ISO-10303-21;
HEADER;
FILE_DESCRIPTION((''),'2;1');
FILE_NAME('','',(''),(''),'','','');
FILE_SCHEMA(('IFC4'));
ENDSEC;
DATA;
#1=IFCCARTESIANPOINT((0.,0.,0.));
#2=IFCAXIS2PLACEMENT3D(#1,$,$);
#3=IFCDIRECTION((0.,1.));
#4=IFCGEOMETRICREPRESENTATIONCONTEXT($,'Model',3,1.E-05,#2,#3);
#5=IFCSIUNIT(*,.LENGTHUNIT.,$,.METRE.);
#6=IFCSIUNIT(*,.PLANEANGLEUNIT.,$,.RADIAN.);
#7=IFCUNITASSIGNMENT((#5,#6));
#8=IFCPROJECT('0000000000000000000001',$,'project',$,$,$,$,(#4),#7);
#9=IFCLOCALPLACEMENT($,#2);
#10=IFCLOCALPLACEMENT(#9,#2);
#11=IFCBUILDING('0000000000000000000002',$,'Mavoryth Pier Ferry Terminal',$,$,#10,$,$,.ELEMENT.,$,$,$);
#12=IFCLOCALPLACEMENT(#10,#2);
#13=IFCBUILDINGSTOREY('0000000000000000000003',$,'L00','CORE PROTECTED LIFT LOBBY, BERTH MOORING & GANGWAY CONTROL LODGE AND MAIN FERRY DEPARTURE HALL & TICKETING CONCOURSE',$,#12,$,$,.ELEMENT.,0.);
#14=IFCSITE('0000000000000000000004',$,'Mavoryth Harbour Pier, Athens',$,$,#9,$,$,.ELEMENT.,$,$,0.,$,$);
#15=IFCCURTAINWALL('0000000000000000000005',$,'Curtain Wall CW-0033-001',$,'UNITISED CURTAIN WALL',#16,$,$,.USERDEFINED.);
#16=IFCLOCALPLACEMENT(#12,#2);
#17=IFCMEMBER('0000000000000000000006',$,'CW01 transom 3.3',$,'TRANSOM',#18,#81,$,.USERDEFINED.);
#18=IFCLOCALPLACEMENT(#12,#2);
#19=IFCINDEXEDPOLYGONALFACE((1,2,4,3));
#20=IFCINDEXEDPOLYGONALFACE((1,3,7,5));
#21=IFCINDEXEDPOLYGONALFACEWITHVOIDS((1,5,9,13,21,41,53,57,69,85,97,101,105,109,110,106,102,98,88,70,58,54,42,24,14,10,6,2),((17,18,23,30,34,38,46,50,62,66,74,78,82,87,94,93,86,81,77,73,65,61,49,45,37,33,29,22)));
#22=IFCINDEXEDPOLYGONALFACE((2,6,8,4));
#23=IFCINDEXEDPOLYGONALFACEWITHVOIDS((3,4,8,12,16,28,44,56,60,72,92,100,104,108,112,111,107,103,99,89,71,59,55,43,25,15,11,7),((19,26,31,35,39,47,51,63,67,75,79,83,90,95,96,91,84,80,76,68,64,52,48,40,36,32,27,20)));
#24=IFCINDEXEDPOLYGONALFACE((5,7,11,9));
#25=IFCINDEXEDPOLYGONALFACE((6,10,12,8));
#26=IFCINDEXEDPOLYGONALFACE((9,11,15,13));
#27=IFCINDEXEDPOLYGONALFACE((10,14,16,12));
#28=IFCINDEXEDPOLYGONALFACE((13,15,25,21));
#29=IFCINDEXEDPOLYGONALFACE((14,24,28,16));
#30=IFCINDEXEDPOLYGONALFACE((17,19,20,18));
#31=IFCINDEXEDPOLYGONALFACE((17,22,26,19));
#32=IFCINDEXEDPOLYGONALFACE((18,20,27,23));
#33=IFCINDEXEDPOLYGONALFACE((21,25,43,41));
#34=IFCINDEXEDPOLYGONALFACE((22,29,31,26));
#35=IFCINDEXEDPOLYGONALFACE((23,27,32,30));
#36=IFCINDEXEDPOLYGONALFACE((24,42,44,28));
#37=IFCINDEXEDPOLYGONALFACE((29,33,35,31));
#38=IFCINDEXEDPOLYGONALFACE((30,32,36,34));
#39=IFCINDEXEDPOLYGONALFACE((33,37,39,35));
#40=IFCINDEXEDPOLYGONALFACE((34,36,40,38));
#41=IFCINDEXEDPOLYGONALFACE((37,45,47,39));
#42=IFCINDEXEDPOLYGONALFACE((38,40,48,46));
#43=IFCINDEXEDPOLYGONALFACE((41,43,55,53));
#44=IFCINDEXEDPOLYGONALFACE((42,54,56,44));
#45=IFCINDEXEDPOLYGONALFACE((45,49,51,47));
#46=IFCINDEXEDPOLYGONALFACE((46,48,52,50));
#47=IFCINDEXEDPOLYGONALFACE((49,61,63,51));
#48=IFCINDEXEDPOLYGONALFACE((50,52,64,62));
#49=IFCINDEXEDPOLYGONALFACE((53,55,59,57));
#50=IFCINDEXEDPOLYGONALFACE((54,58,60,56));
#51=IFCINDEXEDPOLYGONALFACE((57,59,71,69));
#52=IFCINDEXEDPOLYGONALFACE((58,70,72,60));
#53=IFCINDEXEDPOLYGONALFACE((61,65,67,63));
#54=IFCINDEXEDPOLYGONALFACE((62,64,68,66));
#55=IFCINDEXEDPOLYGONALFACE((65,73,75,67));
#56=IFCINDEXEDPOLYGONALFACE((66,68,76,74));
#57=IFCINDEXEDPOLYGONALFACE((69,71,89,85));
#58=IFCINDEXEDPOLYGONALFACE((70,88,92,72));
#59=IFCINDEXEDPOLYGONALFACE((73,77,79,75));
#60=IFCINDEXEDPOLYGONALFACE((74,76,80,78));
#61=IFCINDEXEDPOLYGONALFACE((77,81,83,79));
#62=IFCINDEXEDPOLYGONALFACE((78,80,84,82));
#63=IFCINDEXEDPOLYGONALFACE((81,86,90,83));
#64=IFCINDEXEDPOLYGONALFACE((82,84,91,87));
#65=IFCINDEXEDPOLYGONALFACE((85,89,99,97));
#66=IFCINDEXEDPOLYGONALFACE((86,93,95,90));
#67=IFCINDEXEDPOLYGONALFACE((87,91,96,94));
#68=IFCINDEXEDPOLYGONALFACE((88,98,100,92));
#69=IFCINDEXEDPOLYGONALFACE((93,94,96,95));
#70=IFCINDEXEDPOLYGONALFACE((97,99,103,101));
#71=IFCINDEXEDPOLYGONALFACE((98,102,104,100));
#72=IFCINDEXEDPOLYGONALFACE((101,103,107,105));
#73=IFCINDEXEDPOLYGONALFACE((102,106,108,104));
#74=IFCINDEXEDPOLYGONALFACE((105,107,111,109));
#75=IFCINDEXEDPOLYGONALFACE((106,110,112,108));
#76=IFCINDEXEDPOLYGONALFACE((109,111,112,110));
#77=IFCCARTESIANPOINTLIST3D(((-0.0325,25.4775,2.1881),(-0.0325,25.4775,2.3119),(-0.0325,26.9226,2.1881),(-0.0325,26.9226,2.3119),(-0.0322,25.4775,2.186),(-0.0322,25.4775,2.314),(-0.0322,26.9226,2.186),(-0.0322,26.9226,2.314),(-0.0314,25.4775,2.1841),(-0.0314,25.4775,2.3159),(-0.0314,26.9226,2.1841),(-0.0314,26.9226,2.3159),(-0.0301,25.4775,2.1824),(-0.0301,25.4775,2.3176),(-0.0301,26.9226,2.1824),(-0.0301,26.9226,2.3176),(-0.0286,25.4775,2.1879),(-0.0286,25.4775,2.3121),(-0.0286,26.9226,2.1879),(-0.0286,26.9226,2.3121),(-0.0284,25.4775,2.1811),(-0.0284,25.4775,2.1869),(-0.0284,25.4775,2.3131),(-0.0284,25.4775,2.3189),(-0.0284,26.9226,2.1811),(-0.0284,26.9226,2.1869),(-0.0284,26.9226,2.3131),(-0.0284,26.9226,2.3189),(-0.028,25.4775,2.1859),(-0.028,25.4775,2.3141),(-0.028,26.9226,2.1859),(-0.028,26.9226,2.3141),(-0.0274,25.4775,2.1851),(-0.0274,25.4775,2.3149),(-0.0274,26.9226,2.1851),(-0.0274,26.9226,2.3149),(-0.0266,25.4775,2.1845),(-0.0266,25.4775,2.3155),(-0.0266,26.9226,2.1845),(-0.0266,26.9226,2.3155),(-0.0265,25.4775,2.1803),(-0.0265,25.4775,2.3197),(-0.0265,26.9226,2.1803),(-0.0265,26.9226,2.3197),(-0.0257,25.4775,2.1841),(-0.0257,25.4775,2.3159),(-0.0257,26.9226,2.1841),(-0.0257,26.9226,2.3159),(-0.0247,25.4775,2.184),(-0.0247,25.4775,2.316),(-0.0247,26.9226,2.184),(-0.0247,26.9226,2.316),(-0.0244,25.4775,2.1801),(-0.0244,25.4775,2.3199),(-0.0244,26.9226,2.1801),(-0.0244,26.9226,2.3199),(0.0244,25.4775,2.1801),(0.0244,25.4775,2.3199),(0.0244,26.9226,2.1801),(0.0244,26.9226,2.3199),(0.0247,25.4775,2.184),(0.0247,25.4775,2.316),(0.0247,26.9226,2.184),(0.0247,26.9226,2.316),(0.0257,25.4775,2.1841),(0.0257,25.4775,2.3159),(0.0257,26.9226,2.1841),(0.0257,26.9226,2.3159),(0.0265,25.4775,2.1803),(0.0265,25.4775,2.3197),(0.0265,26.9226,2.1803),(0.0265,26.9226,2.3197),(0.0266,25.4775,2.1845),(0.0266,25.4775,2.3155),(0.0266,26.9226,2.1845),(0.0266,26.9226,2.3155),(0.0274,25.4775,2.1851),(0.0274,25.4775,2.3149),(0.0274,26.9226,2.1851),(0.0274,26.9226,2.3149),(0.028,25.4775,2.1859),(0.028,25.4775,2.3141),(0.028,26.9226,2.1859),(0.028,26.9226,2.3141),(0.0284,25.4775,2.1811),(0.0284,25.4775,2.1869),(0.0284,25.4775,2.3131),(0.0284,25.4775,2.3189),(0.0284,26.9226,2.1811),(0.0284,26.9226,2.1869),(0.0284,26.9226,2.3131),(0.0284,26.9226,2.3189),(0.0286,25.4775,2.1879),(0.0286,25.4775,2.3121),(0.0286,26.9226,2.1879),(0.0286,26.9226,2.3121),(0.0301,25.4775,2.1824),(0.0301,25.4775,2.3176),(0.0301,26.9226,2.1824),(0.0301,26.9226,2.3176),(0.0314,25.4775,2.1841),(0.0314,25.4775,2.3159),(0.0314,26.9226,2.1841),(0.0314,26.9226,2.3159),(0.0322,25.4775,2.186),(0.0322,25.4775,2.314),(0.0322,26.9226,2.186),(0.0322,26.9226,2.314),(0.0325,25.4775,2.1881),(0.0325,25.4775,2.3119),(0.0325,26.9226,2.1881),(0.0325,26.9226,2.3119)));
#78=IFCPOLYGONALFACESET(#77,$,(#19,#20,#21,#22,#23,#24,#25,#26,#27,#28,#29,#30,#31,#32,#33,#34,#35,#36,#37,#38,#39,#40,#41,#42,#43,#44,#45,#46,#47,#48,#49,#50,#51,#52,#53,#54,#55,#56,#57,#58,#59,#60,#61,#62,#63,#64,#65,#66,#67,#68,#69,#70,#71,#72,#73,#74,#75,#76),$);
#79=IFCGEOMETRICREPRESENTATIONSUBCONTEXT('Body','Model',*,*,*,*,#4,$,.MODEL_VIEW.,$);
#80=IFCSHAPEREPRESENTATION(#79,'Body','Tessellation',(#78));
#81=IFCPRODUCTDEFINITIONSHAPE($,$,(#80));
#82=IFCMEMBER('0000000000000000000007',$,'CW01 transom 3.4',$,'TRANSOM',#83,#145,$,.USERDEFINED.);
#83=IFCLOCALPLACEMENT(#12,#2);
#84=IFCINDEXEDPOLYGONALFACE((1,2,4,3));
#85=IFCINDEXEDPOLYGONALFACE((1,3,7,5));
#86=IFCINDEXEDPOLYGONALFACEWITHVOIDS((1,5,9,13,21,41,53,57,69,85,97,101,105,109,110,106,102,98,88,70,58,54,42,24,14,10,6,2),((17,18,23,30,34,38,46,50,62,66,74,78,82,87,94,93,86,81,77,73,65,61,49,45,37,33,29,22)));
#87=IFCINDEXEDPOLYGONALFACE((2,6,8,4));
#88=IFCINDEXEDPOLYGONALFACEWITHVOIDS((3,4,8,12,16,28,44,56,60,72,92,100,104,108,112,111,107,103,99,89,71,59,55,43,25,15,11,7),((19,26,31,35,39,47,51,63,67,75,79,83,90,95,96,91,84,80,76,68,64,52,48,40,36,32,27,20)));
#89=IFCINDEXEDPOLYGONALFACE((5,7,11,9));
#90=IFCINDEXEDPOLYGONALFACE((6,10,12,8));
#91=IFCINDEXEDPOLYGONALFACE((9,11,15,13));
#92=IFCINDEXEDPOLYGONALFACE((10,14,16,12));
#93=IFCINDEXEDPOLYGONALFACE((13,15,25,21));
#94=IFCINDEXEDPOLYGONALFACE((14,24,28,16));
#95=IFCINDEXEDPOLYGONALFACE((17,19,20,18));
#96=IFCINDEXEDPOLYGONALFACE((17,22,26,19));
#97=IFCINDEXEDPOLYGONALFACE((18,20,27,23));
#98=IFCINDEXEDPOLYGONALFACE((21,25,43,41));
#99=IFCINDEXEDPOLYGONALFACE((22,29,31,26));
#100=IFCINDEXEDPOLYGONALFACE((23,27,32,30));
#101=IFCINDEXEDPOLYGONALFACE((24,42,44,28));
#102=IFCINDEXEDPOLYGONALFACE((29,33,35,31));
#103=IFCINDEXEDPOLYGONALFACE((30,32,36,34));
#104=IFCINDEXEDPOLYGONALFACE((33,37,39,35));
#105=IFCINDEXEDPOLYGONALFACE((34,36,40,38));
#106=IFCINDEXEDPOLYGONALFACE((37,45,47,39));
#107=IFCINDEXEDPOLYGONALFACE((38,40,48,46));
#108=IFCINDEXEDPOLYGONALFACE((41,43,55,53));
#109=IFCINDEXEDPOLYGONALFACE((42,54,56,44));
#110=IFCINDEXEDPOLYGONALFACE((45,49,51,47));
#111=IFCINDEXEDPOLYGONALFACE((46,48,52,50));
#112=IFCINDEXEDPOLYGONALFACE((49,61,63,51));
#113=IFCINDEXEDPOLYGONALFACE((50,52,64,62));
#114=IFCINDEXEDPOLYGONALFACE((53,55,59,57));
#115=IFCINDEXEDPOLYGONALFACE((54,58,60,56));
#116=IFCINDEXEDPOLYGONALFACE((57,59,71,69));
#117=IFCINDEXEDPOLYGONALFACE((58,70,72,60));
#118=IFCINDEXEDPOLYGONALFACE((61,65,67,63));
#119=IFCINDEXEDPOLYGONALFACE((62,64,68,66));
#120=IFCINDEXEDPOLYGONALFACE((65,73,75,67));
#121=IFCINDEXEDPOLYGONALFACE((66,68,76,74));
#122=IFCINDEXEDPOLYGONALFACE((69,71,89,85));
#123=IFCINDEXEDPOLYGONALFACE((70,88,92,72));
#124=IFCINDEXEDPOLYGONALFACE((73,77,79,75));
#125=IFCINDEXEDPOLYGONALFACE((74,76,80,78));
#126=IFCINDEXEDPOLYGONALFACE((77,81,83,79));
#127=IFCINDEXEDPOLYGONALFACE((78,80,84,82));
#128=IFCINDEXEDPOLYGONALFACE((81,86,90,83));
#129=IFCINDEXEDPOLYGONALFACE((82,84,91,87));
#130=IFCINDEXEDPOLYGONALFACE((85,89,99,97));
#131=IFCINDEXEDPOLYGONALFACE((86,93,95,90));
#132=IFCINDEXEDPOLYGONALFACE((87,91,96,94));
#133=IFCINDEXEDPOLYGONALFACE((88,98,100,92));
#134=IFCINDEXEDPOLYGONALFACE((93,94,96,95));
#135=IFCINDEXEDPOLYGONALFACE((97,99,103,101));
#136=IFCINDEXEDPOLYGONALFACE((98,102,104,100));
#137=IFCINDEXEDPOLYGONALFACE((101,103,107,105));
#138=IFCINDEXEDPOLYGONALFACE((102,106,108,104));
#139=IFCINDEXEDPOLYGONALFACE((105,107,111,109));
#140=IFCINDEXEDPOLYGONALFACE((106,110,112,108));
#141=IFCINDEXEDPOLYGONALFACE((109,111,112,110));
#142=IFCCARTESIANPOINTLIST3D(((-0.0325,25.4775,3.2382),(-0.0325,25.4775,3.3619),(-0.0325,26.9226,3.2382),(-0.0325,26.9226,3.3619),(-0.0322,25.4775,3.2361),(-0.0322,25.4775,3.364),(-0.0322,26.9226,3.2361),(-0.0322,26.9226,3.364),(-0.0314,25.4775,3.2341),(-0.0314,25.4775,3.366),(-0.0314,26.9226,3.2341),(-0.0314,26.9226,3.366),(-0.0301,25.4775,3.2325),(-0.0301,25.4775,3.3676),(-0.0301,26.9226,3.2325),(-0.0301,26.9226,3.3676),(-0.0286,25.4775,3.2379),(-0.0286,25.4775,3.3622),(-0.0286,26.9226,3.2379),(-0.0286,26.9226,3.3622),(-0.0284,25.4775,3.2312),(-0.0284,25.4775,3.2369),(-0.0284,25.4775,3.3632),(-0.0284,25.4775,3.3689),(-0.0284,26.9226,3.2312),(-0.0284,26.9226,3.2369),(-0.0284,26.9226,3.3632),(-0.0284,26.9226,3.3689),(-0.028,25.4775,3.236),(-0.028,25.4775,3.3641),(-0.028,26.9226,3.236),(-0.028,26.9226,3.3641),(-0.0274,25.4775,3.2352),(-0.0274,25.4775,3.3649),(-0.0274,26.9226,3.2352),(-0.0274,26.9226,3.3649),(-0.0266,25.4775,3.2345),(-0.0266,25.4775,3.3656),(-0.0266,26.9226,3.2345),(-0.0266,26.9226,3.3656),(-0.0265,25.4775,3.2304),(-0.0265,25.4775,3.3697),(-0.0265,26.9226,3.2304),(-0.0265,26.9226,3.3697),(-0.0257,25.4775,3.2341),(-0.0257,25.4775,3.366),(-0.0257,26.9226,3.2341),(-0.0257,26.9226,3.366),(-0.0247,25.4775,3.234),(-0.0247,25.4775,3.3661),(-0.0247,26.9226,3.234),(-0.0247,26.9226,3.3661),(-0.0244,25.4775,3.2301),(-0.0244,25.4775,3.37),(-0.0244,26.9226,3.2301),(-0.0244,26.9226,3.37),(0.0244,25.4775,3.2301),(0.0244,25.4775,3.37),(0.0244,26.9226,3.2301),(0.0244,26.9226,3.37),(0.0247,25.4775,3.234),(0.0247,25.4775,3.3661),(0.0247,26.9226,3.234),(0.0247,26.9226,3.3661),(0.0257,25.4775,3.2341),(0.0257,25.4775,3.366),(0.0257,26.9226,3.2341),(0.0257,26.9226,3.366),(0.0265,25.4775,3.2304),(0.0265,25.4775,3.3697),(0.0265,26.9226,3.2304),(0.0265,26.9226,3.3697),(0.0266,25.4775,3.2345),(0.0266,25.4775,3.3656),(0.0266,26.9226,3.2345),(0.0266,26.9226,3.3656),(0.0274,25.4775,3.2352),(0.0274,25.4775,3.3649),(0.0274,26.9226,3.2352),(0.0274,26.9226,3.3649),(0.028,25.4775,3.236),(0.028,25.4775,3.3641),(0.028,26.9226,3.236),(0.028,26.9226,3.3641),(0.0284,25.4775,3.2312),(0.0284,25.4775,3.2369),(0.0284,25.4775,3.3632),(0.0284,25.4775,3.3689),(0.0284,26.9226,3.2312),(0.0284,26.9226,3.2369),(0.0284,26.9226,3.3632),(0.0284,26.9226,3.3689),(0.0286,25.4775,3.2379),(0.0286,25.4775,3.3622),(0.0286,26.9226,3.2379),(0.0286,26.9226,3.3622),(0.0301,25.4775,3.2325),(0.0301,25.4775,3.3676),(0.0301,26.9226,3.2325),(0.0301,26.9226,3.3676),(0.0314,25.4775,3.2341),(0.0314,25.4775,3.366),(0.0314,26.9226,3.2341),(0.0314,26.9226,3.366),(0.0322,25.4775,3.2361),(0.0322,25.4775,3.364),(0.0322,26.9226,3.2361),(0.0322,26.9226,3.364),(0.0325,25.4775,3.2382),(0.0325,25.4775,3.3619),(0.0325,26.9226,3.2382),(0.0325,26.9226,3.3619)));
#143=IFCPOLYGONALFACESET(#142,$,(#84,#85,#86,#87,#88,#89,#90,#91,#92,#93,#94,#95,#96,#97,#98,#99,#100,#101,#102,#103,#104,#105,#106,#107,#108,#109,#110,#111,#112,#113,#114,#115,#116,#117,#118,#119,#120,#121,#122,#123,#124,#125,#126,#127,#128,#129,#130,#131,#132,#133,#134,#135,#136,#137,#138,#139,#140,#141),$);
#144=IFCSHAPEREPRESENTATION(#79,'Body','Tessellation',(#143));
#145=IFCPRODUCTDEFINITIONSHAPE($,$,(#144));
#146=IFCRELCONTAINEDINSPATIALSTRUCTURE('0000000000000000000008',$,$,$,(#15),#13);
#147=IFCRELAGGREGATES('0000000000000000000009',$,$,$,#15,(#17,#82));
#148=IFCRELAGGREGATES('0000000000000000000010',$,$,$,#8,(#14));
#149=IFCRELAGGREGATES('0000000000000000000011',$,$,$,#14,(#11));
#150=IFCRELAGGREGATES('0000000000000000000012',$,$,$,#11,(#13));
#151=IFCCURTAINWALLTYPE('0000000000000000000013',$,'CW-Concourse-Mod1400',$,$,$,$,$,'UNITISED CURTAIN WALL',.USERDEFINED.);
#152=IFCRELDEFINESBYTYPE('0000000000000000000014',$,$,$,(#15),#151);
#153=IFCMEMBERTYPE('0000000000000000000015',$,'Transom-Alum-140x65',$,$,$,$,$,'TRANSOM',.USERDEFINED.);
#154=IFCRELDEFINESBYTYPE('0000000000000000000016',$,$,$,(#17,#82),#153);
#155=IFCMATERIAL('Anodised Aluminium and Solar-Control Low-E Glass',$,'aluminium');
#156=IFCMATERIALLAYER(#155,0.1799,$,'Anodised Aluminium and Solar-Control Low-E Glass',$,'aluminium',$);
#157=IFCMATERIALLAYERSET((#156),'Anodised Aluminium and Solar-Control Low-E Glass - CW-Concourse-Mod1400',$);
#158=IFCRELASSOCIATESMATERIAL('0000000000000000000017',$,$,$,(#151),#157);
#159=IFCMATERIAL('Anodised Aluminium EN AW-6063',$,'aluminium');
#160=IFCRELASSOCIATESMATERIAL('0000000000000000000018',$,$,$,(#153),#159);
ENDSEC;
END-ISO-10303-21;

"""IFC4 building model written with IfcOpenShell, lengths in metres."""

from ifc_helpers import new_model, si_unit, direction, frame, origin, origin_2d, place, context, subcontext, project, spatial, hollow_rectangle, extrude, material, layer, layer_set, material_profile, profile_set, type_object, element, aggregate, save


model = new_model("IFC4")

# Units and contexts
model_context = context("Model", 3, precision=1e-05, world=origin(), true_north=direction((0.0, 1.0)))
body_context = subcontext(model_context, "Body", "Model", "MODEL_VIEW")
ifc_project = project(units=[si_unit("LENGTHUNIT", "METRE"), si_unit("PLANEANGLEUNIT", "RADIAN")], contexts=[model_context])

# Site, building, storey
site_placement = place(None, origin())
site = spatial("IfcSite", under=ifc_project, at=site_placement, Name="Mavoryth Harbour Pier, Athens", CompositionType="ELEMENT", RefElevation=0.0)
building_placement = place(site_placement, origin())
building = spatial("IfcBuilding", under=site, at=building_placement, Name="Mavoryth Pier Ferry Terminal", CompositionType="ELEMENT")
storey_placement = place(building_placement, origin())
storey = spatial("IfcBuildingStorey", under=building, at=storey_placement, Name="L00", Description="CORE PROTECTED LIFT LOBBY, BERTH MOORING & GANGWAY CONTROL LODGE AND MAIN FERRY DEPARTURE HALL & TICKETING CONCOURSE", CompositionType="ELEMENT", Elevation=0.0)

# Curtain wall, members
ifc_material_1 = material(Name="Anodised Aluminium and Solar-Control Low-E Glass", Category="aluminium")
ifc_layer_1 = layer(ifc_material_1, 0.1799, Name="Anodised Aluminium and Solar-Control Low-E Glass", Category="aluminium")
ifc_layer_set_1 = layer_set([ifc_layer_1], Name="Anodised Aluminium and Solar-Control Low-E Glass - CW-Concourse-Mod1400")
curtain_wall_type = type_object("IfcCurtainWallType", Name="CW-Concourse-Mod1400", ElementType="UNITISED CURTAIN WALL", PredefinedType="USERDEFINED", material=ifc_layer_set_1)
curtain_wall_placement = place(storey_placement, origin())
curtain_wall = element("IfcCurtainWall", 1, at=curtain_wall_placement, inside=storey, type_object=curtain_wall_type, Name="Curtain Wall CW-0033-001", ObjectType="UNITISED CURTAIN WALL", PredefinedType="USERDEFINED")
ifc_material_2 = material(Name="Anodised Aluminium EN AW-6063", Category="aluminium")
ifc_material_profile_1 = material_profile(ifc_material_2, hollow_rectangle(XDim=0.0649, YDim=0.1399, WallThickness=0.0039, InnerFilletRadius=0.0039, OuterFilletRadius=0.0081, at=origin_2d()), Name="AL-TRAN 140x65x4", Category="aluminium")
ifc_profile_set_1 = profile_set([ifc_material_profile_1], Name="Anodised Aluminium EN AW-6063 - AL-TRAN 140x65x4")
member_type_1 = type_object("IfcMemberType", Name="Transom-Alum-140x65", ElementType="TRANSOM", PredefinedType="USERDEFINED", material=ifc_profile_set_1)
member_1_placement = place(storey_placement, frame((0.0, 26.9226, 2.25), z_axis=(0.0, -1.0, 0.0), x_axis=(1.0, 0.0, 0.0)))
member_1 = element("IfcMember", 2, at=member_1_placement, type_object=member_type_1, Name="CW01 transom 3.3", ObjectType="TRANSOM", PredefinedType="USERDEFINED", context=body_context, shape_type="SweptSolid", body=[
    extrude(hollow_rectangle(XDim=0.0649, YDim=0.1399, WallThickness=0.0039, InnerFilletRadius=0.0039, OuterFilletRadius=0.0081, at=origin_2d()), origin(), (0.0, 0.0, 1.0), 1.4451),
])
member_2_placement = place(storey_placement, frame((0.0, 26.9226, 3.3), z_axis=(0.0, -1.0, 0.0), x_axis=(1.0, 0.0, 0.0)))
member_2 = element("IfcMember", 3, at=member_2_placement, type_object=member_type_1, Name="CW01 transom 3.4", ObjectType="TRANSOM", PredefinedType="USERDEFINED", context=body_context, shape_type="SweptSolid", body=[
    extrude(hollow_rectangle(XDim=0.0649, YDim=0.1399, WallThickness=0.0039, InnerFilletRadius=0.0039, OuterFilletRadius=0.0081, at=origin_2d()), origin(), (0.0, 0.0, 1.0), 1.4451),
])
aggregate(curtain_wall, [member_1, member_2])

save(model, "model.ifc")
